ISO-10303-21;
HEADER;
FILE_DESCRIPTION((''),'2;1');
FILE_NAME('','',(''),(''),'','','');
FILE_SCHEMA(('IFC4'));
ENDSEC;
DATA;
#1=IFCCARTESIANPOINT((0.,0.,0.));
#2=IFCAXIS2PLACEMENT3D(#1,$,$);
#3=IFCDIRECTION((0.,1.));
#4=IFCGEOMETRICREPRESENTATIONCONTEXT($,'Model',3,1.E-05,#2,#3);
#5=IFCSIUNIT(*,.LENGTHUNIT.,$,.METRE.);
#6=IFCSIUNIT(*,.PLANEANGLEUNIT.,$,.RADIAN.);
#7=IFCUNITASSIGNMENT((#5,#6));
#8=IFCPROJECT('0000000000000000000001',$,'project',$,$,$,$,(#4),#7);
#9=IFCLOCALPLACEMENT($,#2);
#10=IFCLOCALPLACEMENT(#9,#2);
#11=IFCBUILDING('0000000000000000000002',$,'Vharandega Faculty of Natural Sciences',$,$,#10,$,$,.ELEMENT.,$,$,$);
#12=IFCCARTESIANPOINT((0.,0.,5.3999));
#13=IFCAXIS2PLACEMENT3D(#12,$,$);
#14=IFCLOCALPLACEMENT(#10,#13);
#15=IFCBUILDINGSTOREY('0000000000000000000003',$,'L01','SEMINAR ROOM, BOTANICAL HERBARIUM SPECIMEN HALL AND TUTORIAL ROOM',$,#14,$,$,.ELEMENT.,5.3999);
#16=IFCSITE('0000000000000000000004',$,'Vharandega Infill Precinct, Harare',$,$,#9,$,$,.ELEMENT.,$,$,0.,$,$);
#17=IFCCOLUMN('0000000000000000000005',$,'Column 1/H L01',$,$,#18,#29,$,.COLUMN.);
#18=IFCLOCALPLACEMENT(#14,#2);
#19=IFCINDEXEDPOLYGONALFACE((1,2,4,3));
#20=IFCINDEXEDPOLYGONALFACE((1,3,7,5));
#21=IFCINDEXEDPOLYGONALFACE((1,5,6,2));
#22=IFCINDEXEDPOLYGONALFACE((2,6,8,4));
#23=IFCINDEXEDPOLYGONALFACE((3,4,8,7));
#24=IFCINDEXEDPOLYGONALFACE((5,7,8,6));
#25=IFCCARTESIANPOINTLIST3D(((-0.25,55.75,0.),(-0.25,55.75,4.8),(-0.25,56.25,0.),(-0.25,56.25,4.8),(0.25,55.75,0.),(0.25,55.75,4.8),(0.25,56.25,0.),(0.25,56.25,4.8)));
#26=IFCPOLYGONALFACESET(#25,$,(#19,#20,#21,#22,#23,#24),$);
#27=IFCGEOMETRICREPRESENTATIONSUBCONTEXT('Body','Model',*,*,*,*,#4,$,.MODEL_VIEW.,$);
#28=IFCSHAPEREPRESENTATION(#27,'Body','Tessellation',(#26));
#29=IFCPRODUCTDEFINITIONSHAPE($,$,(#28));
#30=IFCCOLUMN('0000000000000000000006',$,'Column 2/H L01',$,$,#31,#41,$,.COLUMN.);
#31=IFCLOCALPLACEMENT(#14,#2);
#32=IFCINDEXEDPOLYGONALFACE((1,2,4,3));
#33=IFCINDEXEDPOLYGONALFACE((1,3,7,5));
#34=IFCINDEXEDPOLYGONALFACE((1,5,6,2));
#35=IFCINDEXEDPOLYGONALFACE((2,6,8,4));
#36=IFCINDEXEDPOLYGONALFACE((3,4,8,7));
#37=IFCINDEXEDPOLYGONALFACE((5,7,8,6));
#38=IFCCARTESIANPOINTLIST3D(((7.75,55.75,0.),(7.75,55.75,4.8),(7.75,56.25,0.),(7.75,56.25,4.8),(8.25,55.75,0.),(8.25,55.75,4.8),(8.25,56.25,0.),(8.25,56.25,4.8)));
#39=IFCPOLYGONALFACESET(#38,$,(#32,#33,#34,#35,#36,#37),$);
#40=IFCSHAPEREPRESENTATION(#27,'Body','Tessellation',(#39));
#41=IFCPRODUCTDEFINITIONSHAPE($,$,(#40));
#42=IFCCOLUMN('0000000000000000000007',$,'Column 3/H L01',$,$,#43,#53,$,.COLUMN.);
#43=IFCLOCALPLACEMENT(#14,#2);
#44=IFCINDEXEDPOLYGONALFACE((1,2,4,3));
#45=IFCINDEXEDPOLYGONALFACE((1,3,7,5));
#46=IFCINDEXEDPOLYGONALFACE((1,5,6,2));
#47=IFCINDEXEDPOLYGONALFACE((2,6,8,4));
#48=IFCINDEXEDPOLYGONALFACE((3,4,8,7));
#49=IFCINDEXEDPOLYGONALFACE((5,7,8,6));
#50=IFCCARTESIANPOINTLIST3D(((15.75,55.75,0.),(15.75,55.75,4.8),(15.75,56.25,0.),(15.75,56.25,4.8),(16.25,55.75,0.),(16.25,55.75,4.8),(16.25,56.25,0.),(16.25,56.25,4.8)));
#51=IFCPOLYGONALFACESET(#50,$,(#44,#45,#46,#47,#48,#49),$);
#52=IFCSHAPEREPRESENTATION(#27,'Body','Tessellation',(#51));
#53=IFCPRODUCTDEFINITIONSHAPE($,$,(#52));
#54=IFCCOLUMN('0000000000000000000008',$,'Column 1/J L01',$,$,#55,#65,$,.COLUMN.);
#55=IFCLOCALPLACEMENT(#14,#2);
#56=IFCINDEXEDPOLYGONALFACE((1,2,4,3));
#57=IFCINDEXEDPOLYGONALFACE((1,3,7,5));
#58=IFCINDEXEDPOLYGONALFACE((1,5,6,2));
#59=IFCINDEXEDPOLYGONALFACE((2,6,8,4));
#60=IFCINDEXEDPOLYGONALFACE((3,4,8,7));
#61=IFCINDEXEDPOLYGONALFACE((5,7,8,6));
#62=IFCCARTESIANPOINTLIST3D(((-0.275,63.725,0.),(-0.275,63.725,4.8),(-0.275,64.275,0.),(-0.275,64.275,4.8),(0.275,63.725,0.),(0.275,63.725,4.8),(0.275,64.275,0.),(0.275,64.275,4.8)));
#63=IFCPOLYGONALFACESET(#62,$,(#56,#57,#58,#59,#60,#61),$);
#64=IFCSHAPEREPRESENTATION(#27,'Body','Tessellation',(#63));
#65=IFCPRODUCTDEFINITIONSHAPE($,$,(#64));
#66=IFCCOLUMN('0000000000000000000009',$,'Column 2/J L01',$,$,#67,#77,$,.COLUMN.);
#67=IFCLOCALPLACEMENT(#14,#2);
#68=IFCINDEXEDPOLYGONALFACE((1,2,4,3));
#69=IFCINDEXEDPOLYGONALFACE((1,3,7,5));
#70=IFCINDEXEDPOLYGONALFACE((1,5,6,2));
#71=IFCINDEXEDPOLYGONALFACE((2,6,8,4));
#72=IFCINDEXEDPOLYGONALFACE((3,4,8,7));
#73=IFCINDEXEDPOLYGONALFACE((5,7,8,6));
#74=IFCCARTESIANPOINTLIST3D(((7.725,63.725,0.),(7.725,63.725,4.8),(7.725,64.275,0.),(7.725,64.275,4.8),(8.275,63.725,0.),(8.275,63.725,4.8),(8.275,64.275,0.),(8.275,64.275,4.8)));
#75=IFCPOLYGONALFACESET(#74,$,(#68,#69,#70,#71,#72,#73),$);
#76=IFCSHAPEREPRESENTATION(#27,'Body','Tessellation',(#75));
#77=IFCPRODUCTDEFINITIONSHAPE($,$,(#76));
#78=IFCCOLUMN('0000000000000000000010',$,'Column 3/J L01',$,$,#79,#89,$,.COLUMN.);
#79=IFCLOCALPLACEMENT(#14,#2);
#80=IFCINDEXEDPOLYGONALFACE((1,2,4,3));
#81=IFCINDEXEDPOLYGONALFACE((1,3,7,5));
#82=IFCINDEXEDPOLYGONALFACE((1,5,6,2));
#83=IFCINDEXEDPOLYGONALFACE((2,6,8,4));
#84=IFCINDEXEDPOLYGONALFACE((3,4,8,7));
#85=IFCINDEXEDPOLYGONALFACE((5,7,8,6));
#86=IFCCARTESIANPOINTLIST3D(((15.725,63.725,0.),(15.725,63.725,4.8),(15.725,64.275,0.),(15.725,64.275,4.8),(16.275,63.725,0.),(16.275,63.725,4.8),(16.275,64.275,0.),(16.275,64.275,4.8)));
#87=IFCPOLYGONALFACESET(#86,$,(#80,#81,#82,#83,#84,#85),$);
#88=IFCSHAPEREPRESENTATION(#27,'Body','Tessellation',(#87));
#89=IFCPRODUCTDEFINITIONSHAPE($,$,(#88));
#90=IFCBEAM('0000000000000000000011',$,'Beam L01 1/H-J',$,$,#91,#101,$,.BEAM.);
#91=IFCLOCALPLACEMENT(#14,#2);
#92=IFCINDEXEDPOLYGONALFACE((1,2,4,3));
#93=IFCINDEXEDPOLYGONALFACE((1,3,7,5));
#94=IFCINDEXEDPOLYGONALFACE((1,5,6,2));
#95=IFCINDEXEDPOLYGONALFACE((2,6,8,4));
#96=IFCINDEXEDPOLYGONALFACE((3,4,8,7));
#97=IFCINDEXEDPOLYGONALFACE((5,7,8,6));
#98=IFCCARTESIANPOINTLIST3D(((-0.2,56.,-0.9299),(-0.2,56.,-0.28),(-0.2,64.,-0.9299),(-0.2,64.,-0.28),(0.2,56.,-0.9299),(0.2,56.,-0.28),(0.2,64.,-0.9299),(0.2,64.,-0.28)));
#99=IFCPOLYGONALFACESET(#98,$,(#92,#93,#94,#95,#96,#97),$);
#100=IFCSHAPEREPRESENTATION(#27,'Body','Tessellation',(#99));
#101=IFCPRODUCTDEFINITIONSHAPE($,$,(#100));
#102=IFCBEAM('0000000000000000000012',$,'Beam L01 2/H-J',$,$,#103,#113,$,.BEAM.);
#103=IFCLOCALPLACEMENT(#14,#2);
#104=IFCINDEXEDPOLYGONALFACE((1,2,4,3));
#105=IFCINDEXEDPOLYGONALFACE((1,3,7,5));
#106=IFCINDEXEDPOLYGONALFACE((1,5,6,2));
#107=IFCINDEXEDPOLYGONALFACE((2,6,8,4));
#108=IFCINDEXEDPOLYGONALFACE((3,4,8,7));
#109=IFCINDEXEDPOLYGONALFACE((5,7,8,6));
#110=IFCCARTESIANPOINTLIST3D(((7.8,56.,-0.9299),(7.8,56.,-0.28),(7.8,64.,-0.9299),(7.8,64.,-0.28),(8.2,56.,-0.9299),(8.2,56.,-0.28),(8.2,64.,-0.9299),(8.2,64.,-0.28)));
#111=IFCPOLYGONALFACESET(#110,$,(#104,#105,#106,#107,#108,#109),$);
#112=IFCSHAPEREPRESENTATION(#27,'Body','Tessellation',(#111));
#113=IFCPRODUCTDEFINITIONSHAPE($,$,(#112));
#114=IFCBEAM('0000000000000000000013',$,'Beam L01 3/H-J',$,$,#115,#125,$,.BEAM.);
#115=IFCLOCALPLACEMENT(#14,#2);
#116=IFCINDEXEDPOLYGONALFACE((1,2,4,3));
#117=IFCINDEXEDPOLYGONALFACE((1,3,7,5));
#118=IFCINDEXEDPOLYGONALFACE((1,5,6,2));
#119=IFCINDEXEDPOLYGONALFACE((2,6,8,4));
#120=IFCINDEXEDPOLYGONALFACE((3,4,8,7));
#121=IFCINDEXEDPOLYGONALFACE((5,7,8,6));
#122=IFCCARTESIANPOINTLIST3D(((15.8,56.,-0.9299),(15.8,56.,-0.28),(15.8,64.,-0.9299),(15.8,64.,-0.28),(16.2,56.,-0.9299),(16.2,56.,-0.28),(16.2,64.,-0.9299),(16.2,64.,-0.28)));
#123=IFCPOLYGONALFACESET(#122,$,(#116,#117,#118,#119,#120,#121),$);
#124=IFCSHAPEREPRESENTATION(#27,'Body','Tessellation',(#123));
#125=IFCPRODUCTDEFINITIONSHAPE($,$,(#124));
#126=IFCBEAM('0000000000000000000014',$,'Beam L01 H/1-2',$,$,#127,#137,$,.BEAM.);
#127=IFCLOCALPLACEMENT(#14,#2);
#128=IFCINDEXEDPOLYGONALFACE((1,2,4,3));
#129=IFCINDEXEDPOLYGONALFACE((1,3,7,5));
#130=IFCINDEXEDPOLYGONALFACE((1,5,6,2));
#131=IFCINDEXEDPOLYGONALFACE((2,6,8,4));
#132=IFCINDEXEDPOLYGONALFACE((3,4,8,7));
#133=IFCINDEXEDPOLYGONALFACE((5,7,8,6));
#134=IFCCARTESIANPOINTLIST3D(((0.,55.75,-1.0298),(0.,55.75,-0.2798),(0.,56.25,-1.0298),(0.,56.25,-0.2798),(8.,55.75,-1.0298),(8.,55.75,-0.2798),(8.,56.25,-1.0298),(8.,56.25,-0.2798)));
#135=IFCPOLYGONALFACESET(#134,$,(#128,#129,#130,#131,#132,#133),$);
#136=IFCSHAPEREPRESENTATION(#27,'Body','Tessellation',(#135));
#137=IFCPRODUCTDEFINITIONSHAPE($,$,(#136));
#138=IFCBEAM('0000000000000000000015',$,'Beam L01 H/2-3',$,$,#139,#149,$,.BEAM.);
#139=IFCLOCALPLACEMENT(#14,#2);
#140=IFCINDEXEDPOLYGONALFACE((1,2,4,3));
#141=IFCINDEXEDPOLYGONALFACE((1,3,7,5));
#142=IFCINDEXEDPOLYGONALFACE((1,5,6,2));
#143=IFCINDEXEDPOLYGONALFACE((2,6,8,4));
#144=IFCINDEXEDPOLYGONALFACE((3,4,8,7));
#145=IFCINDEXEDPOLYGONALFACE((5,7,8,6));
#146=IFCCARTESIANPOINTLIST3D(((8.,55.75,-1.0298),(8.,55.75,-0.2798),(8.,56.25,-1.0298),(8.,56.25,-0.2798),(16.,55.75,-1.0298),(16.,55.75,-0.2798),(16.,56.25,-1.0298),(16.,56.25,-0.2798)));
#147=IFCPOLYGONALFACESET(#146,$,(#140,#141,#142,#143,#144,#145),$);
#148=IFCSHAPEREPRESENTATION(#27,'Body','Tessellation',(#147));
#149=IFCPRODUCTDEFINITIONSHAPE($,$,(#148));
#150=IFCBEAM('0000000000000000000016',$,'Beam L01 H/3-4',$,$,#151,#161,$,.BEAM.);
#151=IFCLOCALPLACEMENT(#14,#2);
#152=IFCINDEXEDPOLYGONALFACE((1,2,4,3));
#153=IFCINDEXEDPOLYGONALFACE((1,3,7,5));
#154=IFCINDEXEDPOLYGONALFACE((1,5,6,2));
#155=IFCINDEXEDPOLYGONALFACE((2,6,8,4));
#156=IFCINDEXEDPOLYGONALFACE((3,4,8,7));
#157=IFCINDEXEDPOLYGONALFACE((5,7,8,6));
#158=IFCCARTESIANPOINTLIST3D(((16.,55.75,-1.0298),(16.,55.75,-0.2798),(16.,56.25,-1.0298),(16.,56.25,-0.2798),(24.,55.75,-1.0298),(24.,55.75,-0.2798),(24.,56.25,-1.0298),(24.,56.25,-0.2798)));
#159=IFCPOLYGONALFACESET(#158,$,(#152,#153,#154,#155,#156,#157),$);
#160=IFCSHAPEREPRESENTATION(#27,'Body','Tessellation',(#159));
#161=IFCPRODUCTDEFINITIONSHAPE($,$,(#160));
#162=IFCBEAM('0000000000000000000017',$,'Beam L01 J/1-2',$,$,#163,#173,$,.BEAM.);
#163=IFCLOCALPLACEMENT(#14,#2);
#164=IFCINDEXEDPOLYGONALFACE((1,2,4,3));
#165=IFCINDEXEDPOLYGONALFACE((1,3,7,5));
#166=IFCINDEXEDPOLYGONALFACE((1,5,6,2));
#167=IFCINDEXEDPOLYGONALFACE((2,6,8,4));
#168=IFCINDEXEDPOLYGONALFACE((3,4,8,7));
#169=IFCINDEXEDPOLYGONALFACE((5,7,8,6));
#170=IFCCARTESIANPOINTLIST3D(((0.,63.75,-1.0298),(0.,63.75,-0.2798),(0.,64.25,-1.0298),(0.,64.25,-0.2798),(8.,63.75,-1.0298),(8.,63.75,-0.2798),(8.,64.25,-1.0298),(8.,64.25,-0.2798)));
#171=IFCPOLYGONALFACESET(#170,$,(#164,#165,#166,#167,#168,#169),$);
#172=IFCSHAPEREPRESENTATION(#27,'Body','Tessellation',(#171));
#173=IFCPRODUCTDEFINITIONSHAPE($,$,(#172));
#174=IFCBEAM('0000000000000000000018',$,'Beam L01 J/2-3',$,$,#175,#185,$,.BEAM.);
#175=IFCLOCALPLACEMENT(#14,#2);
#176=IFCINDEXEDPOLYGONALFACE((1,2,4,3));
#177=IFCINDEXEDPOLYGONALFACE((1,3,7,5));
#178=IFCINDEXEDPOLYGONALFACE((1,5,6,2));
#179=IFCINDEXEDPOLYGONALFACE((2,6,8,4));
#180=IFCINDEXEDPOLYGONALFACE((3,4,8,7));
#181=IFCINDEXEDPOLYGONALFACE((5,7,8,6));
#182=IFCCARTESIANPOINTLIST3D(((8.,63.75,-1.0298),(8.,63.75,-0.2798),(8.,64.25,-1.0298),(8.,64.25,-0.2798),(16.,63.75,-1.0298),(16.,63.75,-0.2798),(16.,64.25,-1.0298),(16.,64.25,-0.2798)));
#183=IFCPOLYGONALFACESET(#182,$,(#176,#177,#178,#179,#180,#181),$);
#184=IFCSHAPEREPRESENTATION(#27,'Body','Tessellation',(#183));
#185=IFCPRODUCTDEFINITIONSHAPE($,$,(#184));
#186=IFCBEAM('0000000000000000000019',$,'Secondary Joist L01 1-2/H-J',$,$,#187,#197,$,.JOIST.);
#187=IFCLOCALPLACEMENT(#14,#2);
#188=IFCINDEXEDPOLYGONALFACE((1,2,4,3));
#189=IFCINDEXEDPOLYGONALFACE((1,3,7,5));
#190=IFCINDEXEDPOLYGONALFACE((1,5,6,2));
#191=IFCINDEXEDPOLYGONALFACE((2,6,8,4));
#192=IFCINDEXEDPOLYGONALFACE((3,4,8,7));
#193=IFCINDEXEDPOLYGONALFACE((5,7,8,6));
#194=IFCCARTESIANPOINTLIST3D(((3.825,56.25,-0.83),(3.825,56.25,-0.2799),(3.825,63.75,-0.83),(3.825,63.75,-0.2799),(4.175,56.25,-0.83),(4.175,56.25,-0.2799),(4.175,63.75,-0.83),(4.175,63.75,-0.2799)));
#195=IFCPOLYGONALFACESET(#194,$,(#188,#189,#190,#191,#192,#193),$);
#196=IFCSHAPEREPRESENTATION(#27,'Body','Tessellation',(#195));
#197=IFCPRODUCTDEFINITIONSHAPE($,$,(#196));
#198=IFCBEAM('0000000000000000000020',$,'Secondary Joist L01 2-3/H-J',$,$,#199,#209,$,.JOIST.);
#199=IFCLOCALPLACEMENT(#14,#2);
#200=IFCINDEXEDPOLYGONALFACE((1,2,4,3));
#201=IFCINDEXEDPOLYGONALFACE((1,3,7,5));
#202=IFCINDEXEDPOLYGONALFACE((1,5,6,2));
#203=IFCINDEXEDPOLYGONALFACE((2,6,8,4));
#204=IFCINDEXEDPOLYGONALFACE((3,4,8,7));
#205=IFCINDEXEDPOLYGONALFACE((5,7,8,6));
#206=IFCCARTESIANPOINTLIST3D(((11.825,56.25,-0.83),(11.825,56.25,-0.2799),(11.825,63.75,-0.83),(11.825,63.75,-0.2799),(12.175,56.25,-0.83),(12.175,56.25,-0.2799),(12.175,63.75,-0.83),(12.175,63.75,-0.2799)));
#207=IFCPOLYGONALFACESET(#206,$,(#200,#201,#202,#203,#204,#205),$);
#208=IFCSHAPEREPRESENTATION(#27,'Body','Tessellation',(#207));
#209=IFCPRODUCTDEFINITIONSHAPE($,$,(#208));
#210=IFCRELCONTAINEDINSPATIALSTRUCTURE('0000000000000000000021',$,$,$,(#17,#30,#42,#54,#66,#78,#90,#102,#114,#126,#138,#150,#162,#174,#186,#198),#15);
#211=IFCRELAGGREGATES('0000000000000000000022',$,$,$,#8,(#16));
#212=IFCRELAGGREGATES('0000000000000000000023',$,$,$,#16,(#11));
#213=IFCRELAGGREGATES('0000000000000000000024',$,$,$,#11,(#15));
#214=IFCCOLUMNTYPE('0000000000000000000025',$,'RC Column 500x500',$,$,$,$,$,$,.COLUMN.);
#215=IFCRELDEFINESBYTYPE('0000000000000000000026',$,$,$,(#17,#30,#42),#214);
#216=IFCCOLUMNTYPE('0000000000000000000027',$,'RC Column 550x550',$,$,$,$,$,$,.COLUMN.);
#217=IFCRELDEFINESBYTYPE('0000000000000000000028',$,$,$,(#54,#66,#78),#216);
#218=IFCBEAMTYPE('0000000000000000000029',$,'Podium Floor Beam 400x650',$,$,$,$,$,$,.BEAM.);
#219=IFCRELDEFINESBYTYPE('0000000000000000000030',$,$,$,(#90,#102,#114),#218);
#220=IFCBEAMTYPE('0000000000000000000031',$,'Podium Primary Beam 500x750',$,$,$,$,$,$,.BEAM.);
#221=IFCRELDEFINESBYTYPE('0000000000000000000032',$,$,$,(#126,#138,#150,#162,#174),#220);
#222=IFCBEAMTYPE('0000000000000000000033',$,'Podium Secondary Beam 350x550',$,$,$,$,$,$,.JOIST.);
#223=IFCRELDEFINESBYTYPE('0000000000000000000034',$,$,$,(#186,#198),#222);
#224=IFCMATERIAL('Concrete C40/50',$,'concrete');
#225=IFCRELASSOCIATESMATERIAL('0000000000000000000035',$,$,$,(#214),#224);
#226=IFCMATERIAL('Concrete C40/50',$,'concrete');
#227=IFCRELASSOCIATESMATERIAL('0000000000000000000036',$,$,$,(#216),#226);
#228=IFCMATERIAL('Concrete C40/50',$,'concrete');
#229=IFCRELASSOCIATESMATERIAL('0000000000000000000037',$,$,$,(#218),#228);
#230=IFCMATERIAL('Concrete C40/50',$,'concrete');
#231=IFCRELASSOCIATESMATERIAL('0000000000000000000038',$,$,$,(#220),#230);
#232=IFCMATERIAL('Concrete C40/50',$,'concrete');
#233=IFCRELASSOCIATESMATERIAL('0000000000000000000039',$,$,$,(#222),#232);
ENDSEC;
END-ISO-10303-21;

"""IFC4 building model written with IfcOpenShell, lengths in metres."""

from ifc_helpers import new_model, si_unit, direction, frame, origin, origin_2d, place, context, subcontext, project, spatial, rectangle, extrude, material, material_profile, profile_set, type_object, element, save


model = new_model("IFC4")

# Units and contexts
model_context = context("Model", 3, precision=1e-05, world=origin(), true_north=direction((0.0, 1.0)))
body_context = subcontext(model_context, "Body", "Model", "MODEL_VIEW")
ifc_project = project(units=[si_unit("LENGTHUNIT", "METRE"), si_unit("PLANEANGLEUNIT", "RADIAN")], contexts=[model_context])

# Site, building, storey
site_placement = place(None, origin())
site = spatial("IfcSite", under=ifc_project, at=site_placement, Name="Vharandega Infill Precinct, Harare", CompositionType="ELEMENT", RefElevation=0.0)
building_placement = place(site_placement, origin())
building = spatial("IfcBuilding", under=site, at=building_placement, Name="Vharandega Faculty of Natural Sciences", CompositionType="ELEMENT")
storey_placement = place(building_placement, frame((0.0, 0.0, 5.3999)))
storey = spatial("IfcBuildingStorey", under=building, at=storey_placement, Name="L01", Description="SEMINAR ROOM, BOTANICAL HERBARIUM SPECIMEN HALL AND TUTORIAL ROOM", CompositionType="ELEMENT", Elevation=5.3999)

# Columns
ifc_material_1 = material(Name="Concrete C40/50", Category="concrete")
ifc_material_profile_1 = material_profile(ifc_material_1, rectangle(XDim=0.5, YDim=0.5, at=origin_2d()), Name="RC 500x500")
ifc_profile_set_1 = profile_set([ifc_material_profile_1], Name="Concrete C40/50")
column_type_1 = type_object("IfcColumnType", Name="RC Column 500x500", PredefinedType="COLUMN", material=ifc_profile_set_1)
for number, where, z_axis, x_axis, name in (
    (1, (0.0, 56.0, 0.0), (0.0, 0.0, 1.0), (1.0, 0.0, 0.0), "Column 1/H L01"),
    (2, (8.0, 56.0, 0.0), (0.0, 0.0, 1.0), (1.0, 0.0, 0.0), "Column 2/H L01"),
    (3, (16.0, 56.0, 0.0), (0.0, 0.0, 1.0), (1.0, 0.0, 0.0), "Column 3/H L01"),
):
    element("IfcColumn", number, at=place(storey_placement, frame(where, z_axis=z_axis, x_axis=x_axis)), inside=storey, type_object=column_type_1, Name=name, PredefinedType="COLUMN", context=body_context, shape_type="SweptSolid", body=[
        extrude(rectangle(XDim=0.5, YDim=0.5, at=origin_2d()), origin(), (0.0, 0.0, 1.0), 4.8),
    ])
ifc_material_2 = material(Name="Concrete C40/50", Category="concrete")
ifc_material_profile_2 = material_profile(ifc_material_2, rectangle(XDim=0.55, YDim=0.55, at=origin_2d()), Name="RC 550x550")
ifc_profile_set_2 = profile_set([ifc_material_profile_2], Name="Concrete C40/50")
column_type_2 = type_object("IfcColumnType", Name="RC Column 550x550", PredefinedType="COLUMN", material=ifc_profile_set_2)
for number, where, z_axis, x_axis, name in (
    (4, (0.0, 64.0, 0.0), (0.0, 0.0, 1.0), (1.0, 0.0, 0.0), "Column 1/J L01"),
    (5, (8.0, 64.0, 0.0), (0.0, 0.0, 1.0), (1.0, 0.0, 0.0), "Column 2/J L01"),
    (6, (16.0, 64.0, 0.0), (0.0, 0.0, 1.0), (1.0, 0.0, 0.0), "Column 3/J L01"),
):
    element("IfcColumn", number, at=place(storey_placement, frame(where, z_axis=z_axis, x_axis=x_axis)), inside=storey, type_object=column_type_2, Name=name, PredefinedType="COLUMN", context=body_context, shape_type="SweptSolid", body=[
        extrude(rectangle(XDim=0.55, YDim=0.55, at=origin_2d()), origin(), (0.0, 0.0, 1.0), 4.8),
    ])

# Beams
ifc_material_3 = material(Name="Concrete C40/50", Category="concrete")
ifc_material_profile_3 = material_profile(ifc_material_3, rectangle(XDim=0.3999, YDim=0.6499, at=origin_2d()), Name="RC 400x650")
ifc_profile_set_3 = profile_set([ifc_material_profile_3], Name="Concrete C40/50")
beam_type_1 = type_object("IfcBeamType", Name="Podium Floor Beam 400x650", PredefinedType="BEAM", material=ifc_profile_set_3)
for number, where, z_axis, x_axis, name in (
    (7, (0.0, 56.0, -0.605), (0.0, 1.0, 0.0), (-1.0, 0.0, 0.0), "Beam L01 1/H-J"),
    (8, (8.0, 56.0, -0.605), (0.0, 1.0, 0.0), (-1.0, 0.0, 0.0), "Beam L01 2/H-J"),
    (9, (16.0, 56.0, -0.605), (0.0, 1.0, 0.0), (-1.0, 0.0, 0.0), "Beam L01 3/H-J"),
):
    element("IfcBeam", number, at=place(storey_placement, frame(where, z_axis=z_axis, x_axis=x_axis)), inside=storey, type_object=beam_type_1, Name=name, PredefinedType="BEAM", context=body_context, shape_type="SweptSolid", body=[
        extrude(rectangle(XDim=0.3999, YDim=0.6499, at=origin_2d()), origin(), (0.0, 0.0, 1.0), 8.0),
    ])
ifc_material_4 = material(Name="Concrete C40/50", Category="concrete")
ifc_material_profile_4 = material_profile(ifc_material_4, rectangle(XDim=0.5, YDim=0.75, at=origin_2d()), Name="RC 500x750")
ifc_profile_set_4 = profile_set([ifc_material_profile_4], Name="Concrete C40/50")
beam_type_2 = type_object("IfcBeamType", Name="Podium Primary Beam 500x750", PredefinedType="BEAM", material=ifc_profile_set_4)
for number, where, z_axis, x_axis, name in (
    (10, (0.0, 56.0, -0.6548), (1.0, 0.0, 0.0), (0.0, 1.0, 0.0), "Beam L01 H/1-2"),
    (11, (8.0, 56.0, -0.6548), (1.0, 0.0, 0.0), (0.0, 1.0, 0.0), "Beam L01 H/2-3"),
    (12, (16.0, 56.0, -0.6548), (1.0, 0.0, 0.0), (0.0, 1.0, 0.0), "Beam L01 H/3-4"),
    (13, (0.0, 64.0, -0.6548), (1.0, 0.0, 0.0), (0.0, 1.0, 0.0), "Beam L01 J/1-2"),
    (14, (8.0, 64.0, -0.6548), (1.0, 0.0, 0.0), (0.0, 1.0, 0.0), "Beam L01 J/2-3"),
):
    element("IfcBeam", number, at=place(storey_placement, frame(where, z_axis=z_axis, x_axis=x_axis)), inside=storey, type_object=beam_type_2, Name=name, PredefinedType="BEAM", context=body_context, shape_type="SweptSolid", body=[
        extrude(rectangle(XDim=0.5, YDim=0.75, at=origin_2d()), origin(), (0.0, 0.0, 1.0), 8.0),
    ])
ifc_material_5 = material(Name="Concrete C40/50", Category="concrete")
ifc_material_profile_5 = material_profile(ifc_material_5, rectangle(XDim=0.3501, YDim=0.55, at=origin_2d()), Name="RC 350x550")
ifc_profile_set_5 = profile_set([ifc_material_profile_5], Name="Concrete C40/50")
beam_type_3 = type_object("IfcBeamType", Name="Podium Secondary Beam 350x550", PredefinedType="JOIST", material=ifc_profile_set_5)
for number, where, z_axis, x_axis, name in (
    (15, (4.0, 56.25, -0.5549), (0.0, 1.0, 0.0), (-1.0, 0.0, 0.0), "Secondary Joist L01 1-2/H-J"),
    (16, (12.0, 56.25, -0.5549), (0.0, 1.0, 0.0), (-1.0, 0.0, 0.0), "Secondary Joist L01 2-3/H-J"),
):
    element("IfcBeam", number, at=place(storey_placement, frame(where, z_axis=z_axis, x_axis=x_axis)), inside=storey, type_object=beam_type_3, Name=name, PredefinedType="JOIST", context=body_context, shape_type="SweptSolid", body=[
        extrude(rectangle(XDim=0.3501, YDim=0.55, at=origin_2d()), origin(), (0.0, 0.0, 1.0), 7.5),
    ])

save(model, "model.ifc")
